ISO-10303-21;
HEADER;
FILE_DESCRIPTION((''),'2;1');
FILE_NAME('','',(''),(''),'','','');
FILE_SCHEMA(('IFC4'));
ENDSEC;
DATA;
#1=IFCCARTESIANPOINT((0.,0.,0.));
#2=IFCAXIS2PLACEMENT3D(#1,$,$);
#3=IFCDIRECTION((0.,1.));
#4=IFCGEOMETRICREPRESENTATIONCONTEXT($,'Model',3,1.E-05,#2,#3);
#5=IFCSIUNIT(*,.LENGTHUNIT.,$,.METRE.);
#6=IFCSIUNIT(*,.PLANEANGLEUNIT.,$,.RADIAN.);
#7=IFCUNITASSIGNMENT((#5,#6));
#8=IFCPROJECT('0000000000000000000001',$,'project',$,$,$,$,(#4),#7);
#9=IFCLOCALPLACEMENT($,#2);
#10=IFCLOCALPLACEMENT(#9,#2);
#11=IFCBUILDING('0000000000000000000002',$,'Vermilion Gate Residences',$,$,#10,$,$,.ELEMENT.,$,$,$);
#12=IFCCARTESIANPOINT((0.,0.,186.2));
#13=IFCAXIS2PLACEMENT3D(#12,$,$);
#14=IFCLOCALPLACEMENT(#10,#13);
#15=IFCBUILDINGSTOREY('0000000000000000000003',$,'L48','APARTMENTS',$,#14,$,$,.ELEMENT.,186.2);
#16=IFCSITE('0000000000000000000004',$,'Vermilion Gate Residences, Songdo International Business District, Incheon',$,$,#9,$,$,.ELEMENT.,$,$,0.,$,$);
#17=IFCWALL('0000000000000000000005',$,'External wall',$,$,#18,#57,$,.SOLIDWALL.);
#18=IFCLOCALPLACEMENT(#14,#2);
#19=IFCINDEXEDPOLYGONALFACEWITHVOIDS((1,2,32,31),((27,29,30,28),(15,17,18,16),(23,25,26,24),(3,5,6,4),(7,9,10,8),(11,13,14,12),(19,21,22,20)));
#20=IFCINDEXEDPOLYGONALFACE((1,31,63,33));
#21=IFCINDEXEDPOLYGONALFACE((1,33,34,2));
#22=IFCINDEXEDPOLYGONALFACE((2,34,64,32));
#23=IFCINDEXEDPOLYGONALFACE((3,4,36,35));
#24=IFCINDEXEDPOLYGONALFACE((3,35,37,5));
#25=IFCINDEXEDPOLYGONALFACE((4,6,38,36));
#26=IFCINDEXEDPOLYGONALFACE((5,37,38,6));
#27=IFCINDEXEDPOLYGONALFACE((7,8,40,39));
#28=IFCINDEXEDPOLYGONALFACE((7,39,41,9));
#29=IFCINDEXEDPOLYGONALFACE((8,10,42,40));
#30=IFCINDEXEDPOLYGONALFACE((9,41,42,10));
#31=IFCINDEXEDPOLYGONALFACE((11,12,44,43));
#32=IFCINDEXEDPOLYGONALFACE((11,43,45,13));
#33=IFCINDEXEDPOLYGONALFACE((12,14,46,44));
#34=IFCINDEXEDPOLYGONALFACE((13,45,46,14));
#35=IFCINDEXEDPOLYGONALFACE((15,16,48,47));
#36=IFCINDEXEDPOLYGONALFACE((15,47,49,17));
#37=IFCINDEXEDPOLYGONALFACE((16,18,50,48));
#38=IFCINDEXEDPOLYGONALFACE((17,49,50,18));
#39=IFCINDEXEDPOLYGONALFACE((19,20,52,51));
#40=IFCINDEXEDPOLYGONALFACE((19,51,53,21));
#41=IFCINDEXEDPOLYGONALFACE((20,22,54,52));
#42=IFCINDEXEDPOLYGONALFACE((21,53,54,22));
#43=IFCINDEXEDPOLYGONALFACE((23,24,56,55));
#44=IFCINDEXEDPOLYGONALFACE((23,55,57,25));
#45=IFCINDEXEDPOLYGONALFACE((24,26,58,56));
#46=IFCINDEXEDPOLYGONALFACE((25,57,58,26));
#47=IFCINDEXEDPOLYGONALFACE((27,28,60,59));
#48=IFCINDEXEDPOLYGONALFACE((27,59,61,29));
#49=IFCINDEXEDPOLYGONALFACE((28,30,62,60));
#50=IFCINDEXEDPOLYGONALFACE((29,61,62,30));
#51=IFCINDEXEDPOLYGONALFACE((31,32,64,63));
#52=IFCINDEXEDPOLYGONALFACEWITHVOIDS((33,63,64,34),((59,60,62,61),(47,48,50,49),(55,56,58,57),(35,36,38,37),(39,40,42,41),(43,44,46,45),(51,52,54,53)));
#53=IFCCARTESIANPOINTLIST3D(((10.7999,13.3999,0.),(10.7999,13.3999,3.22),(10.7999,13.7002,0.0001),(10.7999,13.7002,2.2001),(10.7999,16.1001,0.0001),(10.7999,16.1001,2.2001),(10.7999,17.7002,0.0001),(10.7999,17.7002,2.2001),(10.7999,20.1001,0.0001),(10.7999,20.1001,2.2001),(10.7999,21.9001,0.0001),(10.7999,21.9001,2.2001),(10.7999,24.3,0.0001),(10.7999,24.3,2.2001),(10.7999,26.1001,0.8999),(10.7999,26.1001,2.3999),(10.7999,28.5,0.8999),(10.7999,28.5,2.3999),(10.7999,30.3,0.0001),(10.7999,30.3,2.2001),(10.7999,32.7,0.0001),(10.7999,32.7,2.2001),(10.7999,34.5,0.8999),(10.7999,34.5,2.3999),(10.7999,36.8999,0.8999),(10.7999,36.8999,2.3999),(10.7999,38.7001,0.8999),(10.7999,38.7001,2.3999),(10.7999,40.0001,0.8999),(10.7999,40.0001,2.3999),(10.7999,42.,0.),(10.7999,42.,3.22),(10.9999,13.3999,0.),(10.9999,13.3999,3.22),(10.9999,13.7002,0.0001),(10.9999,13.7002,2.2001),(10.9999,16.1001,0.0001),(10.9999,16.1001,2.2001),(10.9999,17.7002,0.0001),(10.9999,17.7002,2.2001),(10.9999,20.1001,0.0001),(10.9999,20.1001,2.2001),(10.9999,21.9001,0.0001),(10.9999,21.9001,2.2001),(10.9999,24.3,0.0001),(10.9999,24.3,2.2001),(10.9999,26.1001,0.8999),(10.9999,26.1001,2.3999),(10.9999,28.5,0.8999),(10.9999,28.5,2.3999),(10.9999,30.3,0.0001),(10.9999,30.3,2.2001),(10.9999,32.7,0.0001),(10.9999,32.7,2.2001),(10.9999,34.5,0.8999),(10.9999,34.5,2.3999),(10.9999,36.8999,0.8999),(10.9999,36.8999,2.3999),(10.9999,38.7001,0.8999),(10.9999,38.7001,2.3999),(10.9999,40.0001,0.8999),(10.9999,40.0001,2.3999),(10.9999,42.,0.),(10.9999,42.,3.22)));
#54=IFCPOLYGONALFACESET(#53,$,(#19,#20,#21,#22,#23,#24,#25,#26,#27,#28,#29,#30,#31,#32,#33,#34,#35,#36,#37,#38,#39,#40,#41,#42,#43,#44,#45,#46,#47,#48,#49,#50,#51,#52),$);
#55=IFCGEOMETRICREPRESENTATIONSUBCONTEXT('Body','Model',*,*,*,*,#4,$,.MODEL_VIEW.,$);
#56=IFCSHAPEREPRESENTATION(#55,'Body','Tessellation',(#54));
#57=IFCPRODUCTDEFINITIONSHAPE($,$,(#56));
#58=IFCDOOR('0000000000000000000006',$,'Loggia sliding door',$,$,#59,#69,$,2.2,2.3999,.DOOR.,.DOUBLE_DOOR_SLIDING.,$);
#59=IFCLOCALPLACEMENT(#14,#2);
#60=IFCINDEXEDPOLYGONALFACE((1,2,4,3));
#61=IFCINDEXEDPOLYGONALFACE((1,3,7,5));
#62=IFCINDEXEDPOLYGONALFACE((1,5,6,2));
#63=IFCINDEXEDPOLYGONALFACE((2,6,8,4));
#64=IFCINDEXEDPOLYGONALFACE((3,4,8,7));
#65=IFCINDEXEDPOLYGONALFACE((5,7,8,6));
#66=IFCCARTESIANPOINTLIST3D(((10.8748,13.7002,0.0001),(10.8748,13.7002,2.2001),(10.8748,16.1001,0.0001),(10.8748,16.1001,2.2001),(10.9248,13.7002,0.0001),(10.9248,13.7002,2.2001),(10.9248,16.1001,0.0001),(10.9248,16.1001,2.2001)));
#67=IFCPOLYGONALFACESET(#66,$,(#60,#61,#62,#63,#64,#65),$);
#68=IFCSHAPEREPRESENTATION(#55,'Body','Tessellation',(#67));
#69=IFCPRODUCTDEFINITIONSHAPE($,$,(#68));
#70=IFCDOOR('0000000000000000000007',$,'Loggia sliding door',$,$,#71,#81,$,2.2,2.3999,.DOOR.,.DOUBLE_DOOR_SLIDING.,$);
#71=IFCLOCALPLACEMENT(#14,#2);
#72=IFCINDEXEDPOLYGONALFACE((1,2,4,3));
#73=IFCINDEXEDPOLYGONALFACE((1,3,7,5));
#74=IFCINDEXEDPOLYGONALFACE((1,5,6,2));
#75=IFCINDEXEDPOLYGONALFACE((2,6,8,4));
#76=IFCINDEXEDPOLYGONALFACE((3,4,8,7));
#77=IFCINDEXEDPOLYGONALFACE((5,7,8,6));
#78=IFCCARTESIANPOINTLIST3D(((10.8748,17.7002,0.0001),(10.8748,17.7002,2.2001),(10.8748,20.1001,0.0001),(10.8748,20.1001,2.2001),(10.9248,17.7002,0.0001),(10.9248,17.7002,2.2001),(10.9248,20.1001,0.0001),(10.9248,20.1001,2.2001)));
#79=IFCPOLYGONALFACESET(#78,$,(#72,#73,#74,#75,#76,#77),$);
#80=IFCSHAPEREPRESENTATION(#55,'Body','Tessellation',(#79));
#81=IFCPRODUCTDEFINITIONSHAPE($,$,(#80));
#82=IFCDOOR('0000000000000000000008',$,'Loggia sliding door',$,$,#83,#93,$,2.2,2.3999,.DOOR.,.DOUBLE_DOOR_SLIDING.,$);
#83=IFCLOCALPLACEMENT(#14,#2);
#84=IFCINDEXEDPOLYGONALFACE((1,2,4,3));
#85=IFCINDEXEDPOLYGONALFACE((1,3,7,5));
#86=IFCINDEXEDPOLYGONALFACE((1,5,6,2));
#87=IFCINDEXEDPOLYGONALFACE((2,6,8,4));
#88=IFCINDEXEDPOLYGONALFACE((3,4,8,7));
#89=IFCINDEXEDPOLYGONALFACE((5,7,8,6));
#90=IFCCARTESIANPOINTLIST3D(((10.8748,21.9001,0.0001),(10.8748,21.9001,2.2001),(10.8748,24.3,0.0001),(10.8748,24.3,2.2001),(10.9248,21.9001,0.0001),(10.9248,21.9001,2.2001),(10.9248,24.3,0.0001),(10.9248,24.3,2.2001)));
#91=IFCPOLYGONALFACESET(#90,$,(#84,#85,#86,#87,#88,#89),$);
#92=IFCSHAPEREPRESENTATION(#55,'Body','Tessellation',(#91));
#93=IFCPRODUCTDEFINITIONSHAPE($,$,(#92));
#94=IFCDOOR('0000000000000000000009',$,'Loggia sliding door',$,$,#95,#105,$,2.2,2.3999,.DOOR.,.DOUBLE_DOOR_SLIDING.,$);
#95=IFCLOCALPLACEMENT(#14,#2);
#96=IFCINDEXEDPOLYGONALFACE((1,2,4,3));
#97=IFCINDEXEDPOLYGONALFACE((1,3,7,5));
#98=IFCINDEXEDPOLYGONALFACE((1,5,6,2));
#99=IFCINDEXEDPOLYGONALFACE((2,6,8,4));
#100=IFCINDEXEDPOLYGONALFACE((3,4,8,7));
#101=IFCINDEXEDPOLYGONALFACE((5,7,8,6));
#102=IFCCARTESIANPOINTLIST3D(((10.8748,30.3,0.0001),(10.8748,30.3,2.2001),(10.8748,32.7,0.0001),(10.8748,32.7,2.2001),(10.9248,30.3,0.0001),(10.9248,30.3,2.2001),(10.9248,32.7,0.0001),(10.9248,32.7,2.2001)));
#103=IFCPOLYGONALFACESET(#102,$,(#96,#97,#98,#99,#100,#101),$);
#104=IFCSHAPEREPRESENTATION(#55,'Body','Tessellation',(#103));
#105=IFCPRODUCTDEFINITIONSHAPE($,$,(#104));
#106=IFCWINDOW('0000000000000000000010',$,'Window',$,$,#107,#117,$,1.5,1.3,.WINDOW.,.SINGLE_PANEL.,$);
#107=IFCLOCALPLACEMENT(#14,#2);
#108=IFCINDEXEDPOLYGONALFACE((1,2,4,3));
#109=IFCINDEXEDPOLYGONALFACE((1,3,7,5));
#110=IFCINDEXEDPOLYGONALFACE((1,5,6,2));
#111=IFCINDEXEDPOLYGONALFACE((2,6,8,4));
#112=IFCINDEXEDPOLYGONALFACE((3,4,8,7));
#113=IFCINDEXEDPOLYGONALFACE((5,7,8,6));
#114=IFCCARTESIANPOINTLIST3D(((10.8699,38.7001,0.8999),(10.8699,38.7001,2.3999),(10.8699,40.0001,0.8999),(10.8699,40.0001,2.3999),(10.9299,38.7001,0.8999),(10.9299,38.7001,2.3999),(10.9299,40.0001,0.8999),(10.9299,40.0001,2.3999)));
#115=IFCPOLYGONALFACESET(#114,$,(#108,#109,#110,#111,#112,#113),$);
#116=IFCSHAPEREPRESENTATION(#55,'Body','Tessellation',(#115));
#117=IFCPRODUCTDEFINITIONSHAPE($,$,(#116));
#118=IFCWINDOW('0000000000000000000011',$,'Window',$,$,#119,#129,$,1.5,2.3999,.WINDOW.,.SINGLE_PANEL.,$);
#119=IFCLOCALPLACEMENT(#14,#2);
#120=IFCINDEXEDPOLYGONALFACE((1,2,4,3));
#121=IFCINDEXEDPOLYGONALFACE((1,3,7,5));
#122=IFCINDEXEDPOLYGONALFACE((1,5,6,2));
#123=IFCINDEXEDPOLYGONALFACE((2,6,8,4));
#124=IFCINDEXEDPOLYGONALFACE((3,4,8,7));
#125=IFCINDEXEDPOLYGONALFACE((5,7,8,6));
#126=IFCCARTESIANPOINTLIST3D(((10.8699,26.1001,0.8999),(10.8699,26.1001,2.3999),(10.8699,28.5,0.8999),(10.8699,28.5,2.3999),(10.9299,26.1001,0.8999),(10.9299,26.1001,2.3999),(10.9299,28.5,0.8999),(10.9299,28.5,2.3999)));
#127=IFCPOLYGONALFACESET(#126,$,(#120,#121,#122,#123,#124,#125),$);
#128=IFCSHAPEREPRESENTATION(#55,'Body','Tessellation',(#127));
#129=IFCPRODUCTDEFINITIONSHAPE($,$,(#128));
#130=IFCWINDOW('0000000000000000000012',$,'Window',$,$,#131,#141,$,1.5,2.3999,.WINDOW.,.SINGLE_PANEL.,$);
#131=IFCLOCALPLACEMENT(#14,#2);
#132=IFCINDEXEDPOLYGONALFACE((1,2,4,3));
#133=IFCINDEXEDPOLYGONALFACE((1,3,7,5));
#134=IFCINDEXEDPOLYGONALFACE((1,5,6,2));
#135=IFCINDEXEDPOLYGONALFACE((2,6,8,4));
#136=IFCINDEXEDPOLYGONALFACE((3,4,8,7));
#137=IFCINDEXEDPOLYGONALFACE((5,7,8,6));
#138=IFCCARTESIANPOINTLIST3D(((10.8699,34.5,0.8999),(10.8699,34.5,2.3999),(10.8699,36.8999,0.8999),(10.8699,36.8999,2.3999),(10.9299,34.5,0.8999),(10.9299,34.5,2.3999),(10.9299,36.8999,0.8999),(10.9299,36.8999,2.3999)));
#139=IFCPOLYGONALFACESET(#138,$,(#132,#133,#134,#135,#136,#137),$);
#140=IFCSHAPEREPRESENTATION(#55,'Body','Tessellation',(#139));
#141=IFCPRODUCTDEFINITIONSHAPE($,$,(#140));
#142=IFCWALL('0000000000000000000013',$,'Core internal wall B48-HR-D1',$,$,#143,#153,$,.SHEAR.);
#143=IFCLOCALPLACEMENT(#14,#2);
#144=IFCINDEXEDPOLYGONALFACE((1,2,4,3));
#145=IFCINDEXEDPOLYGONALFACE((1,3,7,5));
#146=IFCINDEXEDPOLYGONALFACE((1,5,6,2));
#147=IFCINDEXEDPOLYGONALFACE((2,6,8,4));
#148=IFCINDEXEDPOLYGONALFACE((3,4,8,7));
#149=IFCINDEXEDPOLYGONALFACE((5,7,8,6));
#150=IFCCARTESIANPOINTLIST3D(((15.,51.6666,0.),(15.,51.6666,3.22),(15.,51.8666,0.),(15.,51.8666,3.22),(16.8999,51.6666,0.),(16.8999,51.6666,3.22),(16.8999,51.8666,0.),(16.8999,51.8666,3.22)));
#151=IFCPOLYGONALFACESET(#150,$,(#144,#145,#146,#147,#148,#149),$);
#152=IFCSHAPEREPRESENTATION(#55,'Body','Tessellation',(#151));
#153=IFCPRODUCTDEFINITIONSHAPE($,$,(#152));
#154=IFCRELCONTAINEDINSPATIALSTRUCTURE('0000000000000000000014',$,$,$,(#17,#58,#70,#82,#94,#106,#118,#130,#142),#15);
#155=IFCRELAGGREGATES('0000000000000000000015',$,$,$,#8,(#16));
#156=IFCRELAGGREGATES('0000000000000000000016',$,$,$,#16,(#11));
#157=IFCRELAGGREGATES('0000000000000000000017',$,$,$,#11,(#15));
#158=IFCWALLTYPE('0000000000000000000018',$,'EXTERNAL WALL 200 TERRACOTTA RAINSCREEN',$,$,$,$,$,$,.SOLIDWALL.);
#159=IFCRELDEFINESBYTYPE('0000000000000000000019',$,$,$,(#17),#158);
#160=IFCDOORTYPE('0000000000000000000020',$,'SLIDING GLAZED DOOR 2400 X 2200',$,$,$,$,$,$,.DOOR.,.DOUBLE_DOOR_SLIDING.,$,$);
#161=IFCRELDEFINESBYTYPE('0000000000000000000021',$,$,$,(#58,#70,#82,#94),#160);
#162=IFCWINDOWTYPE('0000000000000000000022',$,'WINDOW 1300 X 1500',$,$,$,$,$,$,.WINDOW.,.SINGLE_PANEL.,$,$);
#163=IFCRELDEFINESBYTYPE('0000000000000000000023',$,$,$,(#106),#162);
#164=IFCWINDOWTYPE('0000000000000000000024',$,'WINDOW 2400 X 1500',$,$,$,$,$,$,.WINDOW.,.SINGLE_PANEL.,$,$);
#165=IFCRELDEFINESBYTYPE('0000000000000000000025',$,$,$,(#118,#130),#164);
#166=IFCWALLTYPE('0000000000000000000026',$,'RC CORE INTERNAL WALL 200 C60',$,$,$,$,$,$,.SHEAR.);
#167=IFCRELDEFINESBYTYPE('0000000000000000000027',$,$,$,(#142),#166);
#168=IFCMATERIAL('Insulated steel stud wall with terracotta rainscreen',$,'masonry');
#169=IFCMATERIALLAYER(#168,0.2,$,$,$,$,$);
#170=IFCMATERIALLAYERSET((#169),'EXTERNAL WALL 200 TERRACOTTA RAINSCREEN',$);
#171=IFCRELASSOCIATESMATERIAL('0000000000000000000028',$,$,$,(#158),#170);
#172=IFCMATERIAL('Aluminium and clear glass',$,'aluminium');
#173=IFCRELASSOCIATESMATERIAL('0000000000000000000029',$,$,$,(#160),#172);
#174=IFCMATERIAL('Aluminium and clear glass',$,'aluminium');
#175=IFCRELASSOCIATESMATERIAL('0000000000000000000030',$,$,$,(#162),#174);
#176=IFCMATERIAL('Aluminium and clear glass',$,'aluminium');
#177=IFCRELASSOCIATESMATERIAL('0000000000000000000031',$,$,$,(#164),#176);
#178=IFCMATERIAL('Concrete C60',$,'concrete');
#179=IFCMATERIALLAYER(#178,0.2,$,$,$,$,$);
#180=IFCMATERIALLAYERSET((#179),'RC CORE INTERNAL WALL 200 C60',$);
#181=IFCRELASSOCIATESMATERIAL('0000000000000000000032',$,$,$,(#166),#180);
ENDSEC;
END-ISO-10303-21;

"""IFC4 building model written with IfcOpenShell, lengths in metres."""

from ifc_helpers import new_model, si_unit, direction, frame, frame_2d, origin, place, context, subcontext, project, spatial, rectangle, extrude, material, layer, layer_set, type_object, element, fill, save


model = new_model("IFC4")

# Units and contexts
model_context = context("Model", 3, precision=1e-05, world=origin(), true_north=direction((0.0, 1.0)))
body_context = subcontext(model_context, "Body", "Model", "MODEL_VIEW")
ifc_project = project(units=[si_unit("LENGTHUNIT", "METRE"), si_unit("PLANEANGLEUNIT", "RADIAN")], contexts=[model_context])

# Site, building, storey
site_placement = place(None, origin())
site = spatial("IfcSite", under=ifc_project, at=site_placement, Name="Vermilion Gate Residences, Songdo International Business District, Incheon", CompositionType="ELEMENT", RefElevation=0.0)
building_placement = place(site_placement, origin())
building = spatial("IfcBuilding", under=site, at=building_placement, Name="Vermilion Gate Residences", CompositionType="ELEMENT")
storey_placement = place(building_placement, frame((0.0, 0.0, 186.2)))
storey = spatial("IfcBuildingStorey", under=building, at=storey_placement, Name="L48", Description="APARTMENTS", CompositionType="ELEMENT", Elevation=186.2)

# Wall, openings, doors, windows
ifc_material_1 = material(Name="Insulated steel stud wall with terracotta rainscreen", Category="masonry")
ifc_layer_1 = layer(ifc_material_1, 0.2)
ifc_layer_set_1 = layer_set([ifc_layer_1], Name="EXTERNAL WALL 200 TERRACOTTA RAINSCREEN")
wall_type_1 = type_object("IfcWallType", Name="EXTERNAL WALL 200 TERRACOTTA RAINSCREEN", PredefinedType="SOLIDWALL", material=ifc_layer_set_1)
wall_1_placement = place(storey_placement, frame((10.8999, 42.0, 0.0), z_axis=(0.0, 0.0, 1.0), x_axis=(0.0, -1.0, 0.0)))
wall_1 = element("IfcWall", 1, at=wall_1_placement, inside=storey, type_object=wall_type_1, Name="External wall", PredefinedType="SOLIDWALL", context=body_context, shape_type="SweptSolid", body=[
    extrude(rectangle(XDim=28.6001, YDim=0.2, at=frame_2d((14.3, 0.0))), origin(), (0.0, 0.0, 1.0), 3.22),
])
opening_1_placement = place(wall_1_placement, frame((25.8999, 0.0, 0.0)))
opening_1 = element("IfcOpeningElement", 2, at=opening_1_placement, cuts=wall_1, PredefinedType="OPENING", context=body_context, shape_type="SweptSolid", body=[
    extrude(rectangle(XDim=2.3999, YDim=2.2, at=frame_2d((1.2, 1.1001))), frame((0.0, 0.1099, 0.0), z_axis=(0.0, -1.0, 0.0), x_axis=(1.0, 0.0, 0.0)), (0.0, 0.0, 1.0), 0.22),
])
opening_2_placement = place(wall_1_placement, frame((21.8999, 0.0, 0.0)))
opening_2 = element("IfcOpeningElement", 3, at=opening_2_placement, cuts=wall_1, PredefinedType="OPENING", context=body_context, shape_type="SweptSolid", body=[
    extrude(rectangle(XDim=2.3999, YDim=2.2, at=frame_2d((1.2, 1.1001))), frame((0.0, 0.1099, 0.0), z_axis=(0.0, -1.0, 0.0), x_axis=(1.0, 0.0, 0.0)), (0.0, 0.0, 1.0), 0.22),
])
opening_3_placement = place(wall_1_placement, frame((17.7, 0.0, 0.0)))
opening_3 = element("IfcOpeningElement", 4, at=opening_3_placement, cuts=wall_1, PredefinedType="OPENING", context=body_context, shape_type="SweptSolid", body=[
    extrude(rectangle(XDim=2.3999, YDim=2.2, at=frame_2d((1.2, 1.1001))), frame((0.0, 0.1099, 0.0), z_axis=(0.0, -1.0, 0.0), x_axis=(1.0, 0.0, 0.0)), (0.0, 0.0, 1.0), 0.22),
])
opening_4_placement = place(wall_1_placement, frame((13.5, 0.0, 0.8999)))
opening_4 = element("IfcOpeningElement", 5, at=opening_4_placement, cuts=wall_1, PredefinedType="OPENING", context=body_context, shape_type="SweptSolid", body=[
    extrude(rectangle(XDim=2.3999, YDim=1.5, at=frame_2d((1.2, 0.75))), frame((0.0, 0.1099, 0.0), z_axis=(0.0, -1.0, 0.0), x_axis=(1.0, 0.0, 0.0)), (0.0, 0.0, 1.0), 0.22),
])
opening_5_placement = place(wall_1_placement, frame((9.3, 0.0, 0.0)))
opening_5 = element("IfcOpeningElement", 6, at=opening_5_placement, cuts=wall_1, PredefinedType="OPENING", context=body_context, shape_type="SweptSolid", body=[
    extrude(rectangle(XDim=2.3999, YDim=2.2, at=frame_2d((1.2, 1.1001))), frame((0.0, 0.1099, 0.0), z_axis=(0.0, -1.0, 0.0), x_axis=(1.0, 0.0, 0.0)), (0.0, 0.0, 1.0), 0.22),
])
opening_6_placement = place(wall_1_placement, frame((5.1001, 0.0, 0.8999)))
opening_6 = element("IfcOpeningElement", 7, at=opening_6_placement, cuts=wall_1, PredefinedType="OPENING", context=body_context, shape_type="SweptSolid", body=[
    extrude(rectangle(XDim=2.3999, YDim=1.5, at=frame_2d((1.2, 0.75))), frame((0.0, 0.1099, 0.0), z_axis=(0.0, -1.0, 0.0), x_axis=(1.0, 0.0, 0.0)), (0.0, 0.0, 1.0), 0.22),
])
opening_7_placement = place(wall_1_placement, frame((2.0, 0.0, 0.8999)))
opening_7 = element("IfcOpeningElement", 8, at=opening_7_placement, cuts=wall_1, PredefinedType="OPENING", context=body_context, shape_type="SweptSolid", body=[
    extrude(rectangle(XDim=1.3, YDim=1.5, at=frame_2d((0.6499, 0.75))), frame((0.0, 0.1099, 0.0), z_axis=(0.0, -1.0, 0.0), x_axis=(1.0, 0.0, 0.0)), (0.0, 0.0, 1.0), 0.22),
])
ifc_material_2 = material(Name="Aluminium and clear glass", Category="aluminium")
door_type_1 = type_object("IfcDoorType", Name="SLIDING GLAZED DOOR 2400 X 2200", OperationType="DOUBLE_DOOR_SLIDING", PredefinedType="DOOR", material=ifc_material_2)
door_1_placement = place(opening_1_placement, origin())
door_1 = element("IfcDoor", 9, at=door_1_placement, inside=storey, type_object=door_type_1, Name="Loggia sliding door", OperationType="DOUBLE_DOOR_SLIDING", OverallHeight=2.2, OverallWidth=2.3999, PredefinedType="DOOR", context=body_context, shape_type="SweptSolid", body=[
    extrude(rectangle(XDim=2.3999, YDim=2.2, at=frame_2d((1.2, 1.1001))), frame((0.0, 0.0249, 0.0), z_axis=(0.0, -1.0, 0.0), x_axis=(1.0, 0.0, 0.0)), (0.0, 0.0, 1.0), 0.05),
])
fill(opening_1, door_1)
door_2_placement = place(opening_2_placement, origin())
door_2 = element("IfcDoor", 10, at=door_2_placement, inside=storey, type_object=door_type_1, Name="Loggia sliding door", OperationType="DOUBLE_DOOR_SLIDING", OverallHeight=2.2, OverallWidth=2.3999, PredefinedType="DOOR", context=body_context, shape_type="SweptSolid", body=[
    extrude(rectangle(XDim=2.3999, YDim=2.2, at=frame_2d((1.2, 1.1001))), frame((0.0, 0.0249, 0.0), z_axis=(0.0, -1.0, 0.0), x_axis=(1.0, 0.0, 0.0)), (0.0, 0.0, 1.0), 0.05),
])
fill(opening_2, door_2)
door_3_placement = place(opening_3_placement, origin())
door_3 = element("IfcDoor", 11, at=door_3_placement, inside=storey, type_object=door_type_1, Name="Loggia sliding door", OperationType="DOUBLE_DOOR_SLIDING", OverallHeight=2.2, OverallWidth=2.3999, PredefinedType="DOOR", context=body_context, shape_type="SweptSolid", body=[
    extrude(rectangle(XDim=2.3999, YDim=2.2, at=frame_2d((1.2, 1.1001))), frame((0.0, 0.0249, 0.0), z_axis=(0.0, -1.0, 0.0), x_axis=(1.0, 0.0, 0.0)), (0.0, 0.0, 1.0), 0.05),
])
fill(opening_3, door_3)
door_4_placement = place(opening_5_placement, origin())
door_4 = element("IfcDoor", 12, at=door_4_placement, inside=storey, type_object=door_type_1, Name="Loggia sliding door", OperationType="DOUBLE_DOOR_SLIDING", OverallHeight=2.2, OverallWidth=2.3999, PredefinedType="DOOR", context=body_context, shape_type="SweptSolid", body=[
    extrude(rectangle(XDim=2.3999, YDim=2.2, at=frame_2d((1.2, 1.1001))), frame((0.0, 0.0249, 0.0), z_axis=(0.0, -1.0, 0.0), x_axis=(1.0, 0.0, 0.0)), (0.0, 0.0, 1.0), 0.05),
])
fill(opening_5, door_4)
ifc_material_3 = material(Name="Aluminium and clear glass", Category="aluminium")
window_type_1 = type_object("IfcWindowType", Name="WINDOW 1300 X 1500", PartitioningType="SINGLE_PANEL", PredefinedType="WINDOW", material=ifc_material_3)
window_1_placement = place(opening_7_placement, origin())
window_1 = element("IfcWindow", 13, at=window_1_placement, inside=storey, type_object=window_type_1, Name="Window", OverallHeight=1.5, OverallWidth=1.3, PartitioningType="SINGLE_PANEL", PredefinedType="WINDOW", context=body_context, shape_type="SweptSolid", body=[
    extrude(rectangle(XDim=1.3, YDim=1.5, at=frame_2d((0.6499, 0.75))), frame((0.0, 0.03, 0.0), z_axis=(0.0, -1.0, 0.0), x_axis=(1.0, 0.0, 0.0)), (0.0, 0.0, 1.0), 0.0601),
])
fill(opening_7, window_1)
ifc_material_4 = material(Name="Aluminium and clear glass", Category="aluminium")
window_type_2 = type_object("IfcWindowType", Name="WINDOW 2400 X 1500", PartitioningType="SINGLE_PANEL", PredefinedType="WINDOW", material=ifc_material_4)
window_2_placement = place(opening_4_placement, origin())
window_2 = element("IfcWindow", 14, at=window_2_placement, inside=storey, type_object=window_type_2, Name="Window", OverallHeight=1.5, OverallWidth=2.3999, PartitioningType="SINGLE_PANEL", PredefinedType="WINDOW", context=body_context, shape_type="SweptSolid", body=[
    extrude(rectangle(XDim=2.3999, YDim=1.5, at=frame_2d((1.2, 0.75))), frame((0.0, 0.03, 0.0), z_axis=(0.0, -1.0, 0.0), x_axis=(1.0, 0.0, 0.0)), (0.0, 0.0, 1.0), 0.0601),
])
fill(opening_4, window_2)
window_3_placement = place(opening_6_placement, origin())
window_3 = element("IfcWindow", 15, at=window_3_placement, inside=storey, type_object=window_type_2, Name="Window", OverallHeight=1.5, OverallWidth=2.3999, PartitioningType="SINGLE_PANEL", PredefinedType="WINDOW", context=body_context, shape_type="SweptSolid", body=[
    extrude(rectangle(XDim=2.3999, YDim=1.5, at=frame_2d((1.2, 0.75))), frame((0.0, 0.03, 0.0), z_axis=(0.0, -1.0, 0.0), x_axis=(1.0, 0.0, 0.0)), (0.0, 0.0, 1.0), 0.0601),
])
fill(opening_6, window_3)

# Wall
ifc_material_5 = material(Name="Concrete C60", Category="concrete")
ifc_layer_2 = layer(ifc_material_5, 0.2)
ifc_layer_set_2 = layer_set([ifc_layer_2], Name="RC CORE INTERNAL WALL 200 C60")
wall_type_2 = type_object("IfcWallType", Name="RC CORE INTERNAL WALL 200 C60", PredefinedType="SHEAR", material=ifc_layer_set_2)
for number, where, z_axis, x_axis, name in (
    (16, (15.0, 51.7666, 0.0), (0.0, 0.0, 1.0), (1.0, 0.0, 0.0), "Core internal wall B48-HR-D1"),
):
    element("IfcWall", number, at=place(storey_placement, frame(where, z_axis=z_axis, x_axis=x_axis)), inside=storey, type_object=wall_type_2, Name=name, PredefinedType="SHEAR", context=body_context, shape_type="SweptSolid", body=[
        extrude(rectangle(XDim=1.8999, YDim=0.2, at=frame_2d((0.95, 0.0))), origin(), (0.0, 0.0, 1.0), 3.22),
    ])

save(model, "model.ifc")
